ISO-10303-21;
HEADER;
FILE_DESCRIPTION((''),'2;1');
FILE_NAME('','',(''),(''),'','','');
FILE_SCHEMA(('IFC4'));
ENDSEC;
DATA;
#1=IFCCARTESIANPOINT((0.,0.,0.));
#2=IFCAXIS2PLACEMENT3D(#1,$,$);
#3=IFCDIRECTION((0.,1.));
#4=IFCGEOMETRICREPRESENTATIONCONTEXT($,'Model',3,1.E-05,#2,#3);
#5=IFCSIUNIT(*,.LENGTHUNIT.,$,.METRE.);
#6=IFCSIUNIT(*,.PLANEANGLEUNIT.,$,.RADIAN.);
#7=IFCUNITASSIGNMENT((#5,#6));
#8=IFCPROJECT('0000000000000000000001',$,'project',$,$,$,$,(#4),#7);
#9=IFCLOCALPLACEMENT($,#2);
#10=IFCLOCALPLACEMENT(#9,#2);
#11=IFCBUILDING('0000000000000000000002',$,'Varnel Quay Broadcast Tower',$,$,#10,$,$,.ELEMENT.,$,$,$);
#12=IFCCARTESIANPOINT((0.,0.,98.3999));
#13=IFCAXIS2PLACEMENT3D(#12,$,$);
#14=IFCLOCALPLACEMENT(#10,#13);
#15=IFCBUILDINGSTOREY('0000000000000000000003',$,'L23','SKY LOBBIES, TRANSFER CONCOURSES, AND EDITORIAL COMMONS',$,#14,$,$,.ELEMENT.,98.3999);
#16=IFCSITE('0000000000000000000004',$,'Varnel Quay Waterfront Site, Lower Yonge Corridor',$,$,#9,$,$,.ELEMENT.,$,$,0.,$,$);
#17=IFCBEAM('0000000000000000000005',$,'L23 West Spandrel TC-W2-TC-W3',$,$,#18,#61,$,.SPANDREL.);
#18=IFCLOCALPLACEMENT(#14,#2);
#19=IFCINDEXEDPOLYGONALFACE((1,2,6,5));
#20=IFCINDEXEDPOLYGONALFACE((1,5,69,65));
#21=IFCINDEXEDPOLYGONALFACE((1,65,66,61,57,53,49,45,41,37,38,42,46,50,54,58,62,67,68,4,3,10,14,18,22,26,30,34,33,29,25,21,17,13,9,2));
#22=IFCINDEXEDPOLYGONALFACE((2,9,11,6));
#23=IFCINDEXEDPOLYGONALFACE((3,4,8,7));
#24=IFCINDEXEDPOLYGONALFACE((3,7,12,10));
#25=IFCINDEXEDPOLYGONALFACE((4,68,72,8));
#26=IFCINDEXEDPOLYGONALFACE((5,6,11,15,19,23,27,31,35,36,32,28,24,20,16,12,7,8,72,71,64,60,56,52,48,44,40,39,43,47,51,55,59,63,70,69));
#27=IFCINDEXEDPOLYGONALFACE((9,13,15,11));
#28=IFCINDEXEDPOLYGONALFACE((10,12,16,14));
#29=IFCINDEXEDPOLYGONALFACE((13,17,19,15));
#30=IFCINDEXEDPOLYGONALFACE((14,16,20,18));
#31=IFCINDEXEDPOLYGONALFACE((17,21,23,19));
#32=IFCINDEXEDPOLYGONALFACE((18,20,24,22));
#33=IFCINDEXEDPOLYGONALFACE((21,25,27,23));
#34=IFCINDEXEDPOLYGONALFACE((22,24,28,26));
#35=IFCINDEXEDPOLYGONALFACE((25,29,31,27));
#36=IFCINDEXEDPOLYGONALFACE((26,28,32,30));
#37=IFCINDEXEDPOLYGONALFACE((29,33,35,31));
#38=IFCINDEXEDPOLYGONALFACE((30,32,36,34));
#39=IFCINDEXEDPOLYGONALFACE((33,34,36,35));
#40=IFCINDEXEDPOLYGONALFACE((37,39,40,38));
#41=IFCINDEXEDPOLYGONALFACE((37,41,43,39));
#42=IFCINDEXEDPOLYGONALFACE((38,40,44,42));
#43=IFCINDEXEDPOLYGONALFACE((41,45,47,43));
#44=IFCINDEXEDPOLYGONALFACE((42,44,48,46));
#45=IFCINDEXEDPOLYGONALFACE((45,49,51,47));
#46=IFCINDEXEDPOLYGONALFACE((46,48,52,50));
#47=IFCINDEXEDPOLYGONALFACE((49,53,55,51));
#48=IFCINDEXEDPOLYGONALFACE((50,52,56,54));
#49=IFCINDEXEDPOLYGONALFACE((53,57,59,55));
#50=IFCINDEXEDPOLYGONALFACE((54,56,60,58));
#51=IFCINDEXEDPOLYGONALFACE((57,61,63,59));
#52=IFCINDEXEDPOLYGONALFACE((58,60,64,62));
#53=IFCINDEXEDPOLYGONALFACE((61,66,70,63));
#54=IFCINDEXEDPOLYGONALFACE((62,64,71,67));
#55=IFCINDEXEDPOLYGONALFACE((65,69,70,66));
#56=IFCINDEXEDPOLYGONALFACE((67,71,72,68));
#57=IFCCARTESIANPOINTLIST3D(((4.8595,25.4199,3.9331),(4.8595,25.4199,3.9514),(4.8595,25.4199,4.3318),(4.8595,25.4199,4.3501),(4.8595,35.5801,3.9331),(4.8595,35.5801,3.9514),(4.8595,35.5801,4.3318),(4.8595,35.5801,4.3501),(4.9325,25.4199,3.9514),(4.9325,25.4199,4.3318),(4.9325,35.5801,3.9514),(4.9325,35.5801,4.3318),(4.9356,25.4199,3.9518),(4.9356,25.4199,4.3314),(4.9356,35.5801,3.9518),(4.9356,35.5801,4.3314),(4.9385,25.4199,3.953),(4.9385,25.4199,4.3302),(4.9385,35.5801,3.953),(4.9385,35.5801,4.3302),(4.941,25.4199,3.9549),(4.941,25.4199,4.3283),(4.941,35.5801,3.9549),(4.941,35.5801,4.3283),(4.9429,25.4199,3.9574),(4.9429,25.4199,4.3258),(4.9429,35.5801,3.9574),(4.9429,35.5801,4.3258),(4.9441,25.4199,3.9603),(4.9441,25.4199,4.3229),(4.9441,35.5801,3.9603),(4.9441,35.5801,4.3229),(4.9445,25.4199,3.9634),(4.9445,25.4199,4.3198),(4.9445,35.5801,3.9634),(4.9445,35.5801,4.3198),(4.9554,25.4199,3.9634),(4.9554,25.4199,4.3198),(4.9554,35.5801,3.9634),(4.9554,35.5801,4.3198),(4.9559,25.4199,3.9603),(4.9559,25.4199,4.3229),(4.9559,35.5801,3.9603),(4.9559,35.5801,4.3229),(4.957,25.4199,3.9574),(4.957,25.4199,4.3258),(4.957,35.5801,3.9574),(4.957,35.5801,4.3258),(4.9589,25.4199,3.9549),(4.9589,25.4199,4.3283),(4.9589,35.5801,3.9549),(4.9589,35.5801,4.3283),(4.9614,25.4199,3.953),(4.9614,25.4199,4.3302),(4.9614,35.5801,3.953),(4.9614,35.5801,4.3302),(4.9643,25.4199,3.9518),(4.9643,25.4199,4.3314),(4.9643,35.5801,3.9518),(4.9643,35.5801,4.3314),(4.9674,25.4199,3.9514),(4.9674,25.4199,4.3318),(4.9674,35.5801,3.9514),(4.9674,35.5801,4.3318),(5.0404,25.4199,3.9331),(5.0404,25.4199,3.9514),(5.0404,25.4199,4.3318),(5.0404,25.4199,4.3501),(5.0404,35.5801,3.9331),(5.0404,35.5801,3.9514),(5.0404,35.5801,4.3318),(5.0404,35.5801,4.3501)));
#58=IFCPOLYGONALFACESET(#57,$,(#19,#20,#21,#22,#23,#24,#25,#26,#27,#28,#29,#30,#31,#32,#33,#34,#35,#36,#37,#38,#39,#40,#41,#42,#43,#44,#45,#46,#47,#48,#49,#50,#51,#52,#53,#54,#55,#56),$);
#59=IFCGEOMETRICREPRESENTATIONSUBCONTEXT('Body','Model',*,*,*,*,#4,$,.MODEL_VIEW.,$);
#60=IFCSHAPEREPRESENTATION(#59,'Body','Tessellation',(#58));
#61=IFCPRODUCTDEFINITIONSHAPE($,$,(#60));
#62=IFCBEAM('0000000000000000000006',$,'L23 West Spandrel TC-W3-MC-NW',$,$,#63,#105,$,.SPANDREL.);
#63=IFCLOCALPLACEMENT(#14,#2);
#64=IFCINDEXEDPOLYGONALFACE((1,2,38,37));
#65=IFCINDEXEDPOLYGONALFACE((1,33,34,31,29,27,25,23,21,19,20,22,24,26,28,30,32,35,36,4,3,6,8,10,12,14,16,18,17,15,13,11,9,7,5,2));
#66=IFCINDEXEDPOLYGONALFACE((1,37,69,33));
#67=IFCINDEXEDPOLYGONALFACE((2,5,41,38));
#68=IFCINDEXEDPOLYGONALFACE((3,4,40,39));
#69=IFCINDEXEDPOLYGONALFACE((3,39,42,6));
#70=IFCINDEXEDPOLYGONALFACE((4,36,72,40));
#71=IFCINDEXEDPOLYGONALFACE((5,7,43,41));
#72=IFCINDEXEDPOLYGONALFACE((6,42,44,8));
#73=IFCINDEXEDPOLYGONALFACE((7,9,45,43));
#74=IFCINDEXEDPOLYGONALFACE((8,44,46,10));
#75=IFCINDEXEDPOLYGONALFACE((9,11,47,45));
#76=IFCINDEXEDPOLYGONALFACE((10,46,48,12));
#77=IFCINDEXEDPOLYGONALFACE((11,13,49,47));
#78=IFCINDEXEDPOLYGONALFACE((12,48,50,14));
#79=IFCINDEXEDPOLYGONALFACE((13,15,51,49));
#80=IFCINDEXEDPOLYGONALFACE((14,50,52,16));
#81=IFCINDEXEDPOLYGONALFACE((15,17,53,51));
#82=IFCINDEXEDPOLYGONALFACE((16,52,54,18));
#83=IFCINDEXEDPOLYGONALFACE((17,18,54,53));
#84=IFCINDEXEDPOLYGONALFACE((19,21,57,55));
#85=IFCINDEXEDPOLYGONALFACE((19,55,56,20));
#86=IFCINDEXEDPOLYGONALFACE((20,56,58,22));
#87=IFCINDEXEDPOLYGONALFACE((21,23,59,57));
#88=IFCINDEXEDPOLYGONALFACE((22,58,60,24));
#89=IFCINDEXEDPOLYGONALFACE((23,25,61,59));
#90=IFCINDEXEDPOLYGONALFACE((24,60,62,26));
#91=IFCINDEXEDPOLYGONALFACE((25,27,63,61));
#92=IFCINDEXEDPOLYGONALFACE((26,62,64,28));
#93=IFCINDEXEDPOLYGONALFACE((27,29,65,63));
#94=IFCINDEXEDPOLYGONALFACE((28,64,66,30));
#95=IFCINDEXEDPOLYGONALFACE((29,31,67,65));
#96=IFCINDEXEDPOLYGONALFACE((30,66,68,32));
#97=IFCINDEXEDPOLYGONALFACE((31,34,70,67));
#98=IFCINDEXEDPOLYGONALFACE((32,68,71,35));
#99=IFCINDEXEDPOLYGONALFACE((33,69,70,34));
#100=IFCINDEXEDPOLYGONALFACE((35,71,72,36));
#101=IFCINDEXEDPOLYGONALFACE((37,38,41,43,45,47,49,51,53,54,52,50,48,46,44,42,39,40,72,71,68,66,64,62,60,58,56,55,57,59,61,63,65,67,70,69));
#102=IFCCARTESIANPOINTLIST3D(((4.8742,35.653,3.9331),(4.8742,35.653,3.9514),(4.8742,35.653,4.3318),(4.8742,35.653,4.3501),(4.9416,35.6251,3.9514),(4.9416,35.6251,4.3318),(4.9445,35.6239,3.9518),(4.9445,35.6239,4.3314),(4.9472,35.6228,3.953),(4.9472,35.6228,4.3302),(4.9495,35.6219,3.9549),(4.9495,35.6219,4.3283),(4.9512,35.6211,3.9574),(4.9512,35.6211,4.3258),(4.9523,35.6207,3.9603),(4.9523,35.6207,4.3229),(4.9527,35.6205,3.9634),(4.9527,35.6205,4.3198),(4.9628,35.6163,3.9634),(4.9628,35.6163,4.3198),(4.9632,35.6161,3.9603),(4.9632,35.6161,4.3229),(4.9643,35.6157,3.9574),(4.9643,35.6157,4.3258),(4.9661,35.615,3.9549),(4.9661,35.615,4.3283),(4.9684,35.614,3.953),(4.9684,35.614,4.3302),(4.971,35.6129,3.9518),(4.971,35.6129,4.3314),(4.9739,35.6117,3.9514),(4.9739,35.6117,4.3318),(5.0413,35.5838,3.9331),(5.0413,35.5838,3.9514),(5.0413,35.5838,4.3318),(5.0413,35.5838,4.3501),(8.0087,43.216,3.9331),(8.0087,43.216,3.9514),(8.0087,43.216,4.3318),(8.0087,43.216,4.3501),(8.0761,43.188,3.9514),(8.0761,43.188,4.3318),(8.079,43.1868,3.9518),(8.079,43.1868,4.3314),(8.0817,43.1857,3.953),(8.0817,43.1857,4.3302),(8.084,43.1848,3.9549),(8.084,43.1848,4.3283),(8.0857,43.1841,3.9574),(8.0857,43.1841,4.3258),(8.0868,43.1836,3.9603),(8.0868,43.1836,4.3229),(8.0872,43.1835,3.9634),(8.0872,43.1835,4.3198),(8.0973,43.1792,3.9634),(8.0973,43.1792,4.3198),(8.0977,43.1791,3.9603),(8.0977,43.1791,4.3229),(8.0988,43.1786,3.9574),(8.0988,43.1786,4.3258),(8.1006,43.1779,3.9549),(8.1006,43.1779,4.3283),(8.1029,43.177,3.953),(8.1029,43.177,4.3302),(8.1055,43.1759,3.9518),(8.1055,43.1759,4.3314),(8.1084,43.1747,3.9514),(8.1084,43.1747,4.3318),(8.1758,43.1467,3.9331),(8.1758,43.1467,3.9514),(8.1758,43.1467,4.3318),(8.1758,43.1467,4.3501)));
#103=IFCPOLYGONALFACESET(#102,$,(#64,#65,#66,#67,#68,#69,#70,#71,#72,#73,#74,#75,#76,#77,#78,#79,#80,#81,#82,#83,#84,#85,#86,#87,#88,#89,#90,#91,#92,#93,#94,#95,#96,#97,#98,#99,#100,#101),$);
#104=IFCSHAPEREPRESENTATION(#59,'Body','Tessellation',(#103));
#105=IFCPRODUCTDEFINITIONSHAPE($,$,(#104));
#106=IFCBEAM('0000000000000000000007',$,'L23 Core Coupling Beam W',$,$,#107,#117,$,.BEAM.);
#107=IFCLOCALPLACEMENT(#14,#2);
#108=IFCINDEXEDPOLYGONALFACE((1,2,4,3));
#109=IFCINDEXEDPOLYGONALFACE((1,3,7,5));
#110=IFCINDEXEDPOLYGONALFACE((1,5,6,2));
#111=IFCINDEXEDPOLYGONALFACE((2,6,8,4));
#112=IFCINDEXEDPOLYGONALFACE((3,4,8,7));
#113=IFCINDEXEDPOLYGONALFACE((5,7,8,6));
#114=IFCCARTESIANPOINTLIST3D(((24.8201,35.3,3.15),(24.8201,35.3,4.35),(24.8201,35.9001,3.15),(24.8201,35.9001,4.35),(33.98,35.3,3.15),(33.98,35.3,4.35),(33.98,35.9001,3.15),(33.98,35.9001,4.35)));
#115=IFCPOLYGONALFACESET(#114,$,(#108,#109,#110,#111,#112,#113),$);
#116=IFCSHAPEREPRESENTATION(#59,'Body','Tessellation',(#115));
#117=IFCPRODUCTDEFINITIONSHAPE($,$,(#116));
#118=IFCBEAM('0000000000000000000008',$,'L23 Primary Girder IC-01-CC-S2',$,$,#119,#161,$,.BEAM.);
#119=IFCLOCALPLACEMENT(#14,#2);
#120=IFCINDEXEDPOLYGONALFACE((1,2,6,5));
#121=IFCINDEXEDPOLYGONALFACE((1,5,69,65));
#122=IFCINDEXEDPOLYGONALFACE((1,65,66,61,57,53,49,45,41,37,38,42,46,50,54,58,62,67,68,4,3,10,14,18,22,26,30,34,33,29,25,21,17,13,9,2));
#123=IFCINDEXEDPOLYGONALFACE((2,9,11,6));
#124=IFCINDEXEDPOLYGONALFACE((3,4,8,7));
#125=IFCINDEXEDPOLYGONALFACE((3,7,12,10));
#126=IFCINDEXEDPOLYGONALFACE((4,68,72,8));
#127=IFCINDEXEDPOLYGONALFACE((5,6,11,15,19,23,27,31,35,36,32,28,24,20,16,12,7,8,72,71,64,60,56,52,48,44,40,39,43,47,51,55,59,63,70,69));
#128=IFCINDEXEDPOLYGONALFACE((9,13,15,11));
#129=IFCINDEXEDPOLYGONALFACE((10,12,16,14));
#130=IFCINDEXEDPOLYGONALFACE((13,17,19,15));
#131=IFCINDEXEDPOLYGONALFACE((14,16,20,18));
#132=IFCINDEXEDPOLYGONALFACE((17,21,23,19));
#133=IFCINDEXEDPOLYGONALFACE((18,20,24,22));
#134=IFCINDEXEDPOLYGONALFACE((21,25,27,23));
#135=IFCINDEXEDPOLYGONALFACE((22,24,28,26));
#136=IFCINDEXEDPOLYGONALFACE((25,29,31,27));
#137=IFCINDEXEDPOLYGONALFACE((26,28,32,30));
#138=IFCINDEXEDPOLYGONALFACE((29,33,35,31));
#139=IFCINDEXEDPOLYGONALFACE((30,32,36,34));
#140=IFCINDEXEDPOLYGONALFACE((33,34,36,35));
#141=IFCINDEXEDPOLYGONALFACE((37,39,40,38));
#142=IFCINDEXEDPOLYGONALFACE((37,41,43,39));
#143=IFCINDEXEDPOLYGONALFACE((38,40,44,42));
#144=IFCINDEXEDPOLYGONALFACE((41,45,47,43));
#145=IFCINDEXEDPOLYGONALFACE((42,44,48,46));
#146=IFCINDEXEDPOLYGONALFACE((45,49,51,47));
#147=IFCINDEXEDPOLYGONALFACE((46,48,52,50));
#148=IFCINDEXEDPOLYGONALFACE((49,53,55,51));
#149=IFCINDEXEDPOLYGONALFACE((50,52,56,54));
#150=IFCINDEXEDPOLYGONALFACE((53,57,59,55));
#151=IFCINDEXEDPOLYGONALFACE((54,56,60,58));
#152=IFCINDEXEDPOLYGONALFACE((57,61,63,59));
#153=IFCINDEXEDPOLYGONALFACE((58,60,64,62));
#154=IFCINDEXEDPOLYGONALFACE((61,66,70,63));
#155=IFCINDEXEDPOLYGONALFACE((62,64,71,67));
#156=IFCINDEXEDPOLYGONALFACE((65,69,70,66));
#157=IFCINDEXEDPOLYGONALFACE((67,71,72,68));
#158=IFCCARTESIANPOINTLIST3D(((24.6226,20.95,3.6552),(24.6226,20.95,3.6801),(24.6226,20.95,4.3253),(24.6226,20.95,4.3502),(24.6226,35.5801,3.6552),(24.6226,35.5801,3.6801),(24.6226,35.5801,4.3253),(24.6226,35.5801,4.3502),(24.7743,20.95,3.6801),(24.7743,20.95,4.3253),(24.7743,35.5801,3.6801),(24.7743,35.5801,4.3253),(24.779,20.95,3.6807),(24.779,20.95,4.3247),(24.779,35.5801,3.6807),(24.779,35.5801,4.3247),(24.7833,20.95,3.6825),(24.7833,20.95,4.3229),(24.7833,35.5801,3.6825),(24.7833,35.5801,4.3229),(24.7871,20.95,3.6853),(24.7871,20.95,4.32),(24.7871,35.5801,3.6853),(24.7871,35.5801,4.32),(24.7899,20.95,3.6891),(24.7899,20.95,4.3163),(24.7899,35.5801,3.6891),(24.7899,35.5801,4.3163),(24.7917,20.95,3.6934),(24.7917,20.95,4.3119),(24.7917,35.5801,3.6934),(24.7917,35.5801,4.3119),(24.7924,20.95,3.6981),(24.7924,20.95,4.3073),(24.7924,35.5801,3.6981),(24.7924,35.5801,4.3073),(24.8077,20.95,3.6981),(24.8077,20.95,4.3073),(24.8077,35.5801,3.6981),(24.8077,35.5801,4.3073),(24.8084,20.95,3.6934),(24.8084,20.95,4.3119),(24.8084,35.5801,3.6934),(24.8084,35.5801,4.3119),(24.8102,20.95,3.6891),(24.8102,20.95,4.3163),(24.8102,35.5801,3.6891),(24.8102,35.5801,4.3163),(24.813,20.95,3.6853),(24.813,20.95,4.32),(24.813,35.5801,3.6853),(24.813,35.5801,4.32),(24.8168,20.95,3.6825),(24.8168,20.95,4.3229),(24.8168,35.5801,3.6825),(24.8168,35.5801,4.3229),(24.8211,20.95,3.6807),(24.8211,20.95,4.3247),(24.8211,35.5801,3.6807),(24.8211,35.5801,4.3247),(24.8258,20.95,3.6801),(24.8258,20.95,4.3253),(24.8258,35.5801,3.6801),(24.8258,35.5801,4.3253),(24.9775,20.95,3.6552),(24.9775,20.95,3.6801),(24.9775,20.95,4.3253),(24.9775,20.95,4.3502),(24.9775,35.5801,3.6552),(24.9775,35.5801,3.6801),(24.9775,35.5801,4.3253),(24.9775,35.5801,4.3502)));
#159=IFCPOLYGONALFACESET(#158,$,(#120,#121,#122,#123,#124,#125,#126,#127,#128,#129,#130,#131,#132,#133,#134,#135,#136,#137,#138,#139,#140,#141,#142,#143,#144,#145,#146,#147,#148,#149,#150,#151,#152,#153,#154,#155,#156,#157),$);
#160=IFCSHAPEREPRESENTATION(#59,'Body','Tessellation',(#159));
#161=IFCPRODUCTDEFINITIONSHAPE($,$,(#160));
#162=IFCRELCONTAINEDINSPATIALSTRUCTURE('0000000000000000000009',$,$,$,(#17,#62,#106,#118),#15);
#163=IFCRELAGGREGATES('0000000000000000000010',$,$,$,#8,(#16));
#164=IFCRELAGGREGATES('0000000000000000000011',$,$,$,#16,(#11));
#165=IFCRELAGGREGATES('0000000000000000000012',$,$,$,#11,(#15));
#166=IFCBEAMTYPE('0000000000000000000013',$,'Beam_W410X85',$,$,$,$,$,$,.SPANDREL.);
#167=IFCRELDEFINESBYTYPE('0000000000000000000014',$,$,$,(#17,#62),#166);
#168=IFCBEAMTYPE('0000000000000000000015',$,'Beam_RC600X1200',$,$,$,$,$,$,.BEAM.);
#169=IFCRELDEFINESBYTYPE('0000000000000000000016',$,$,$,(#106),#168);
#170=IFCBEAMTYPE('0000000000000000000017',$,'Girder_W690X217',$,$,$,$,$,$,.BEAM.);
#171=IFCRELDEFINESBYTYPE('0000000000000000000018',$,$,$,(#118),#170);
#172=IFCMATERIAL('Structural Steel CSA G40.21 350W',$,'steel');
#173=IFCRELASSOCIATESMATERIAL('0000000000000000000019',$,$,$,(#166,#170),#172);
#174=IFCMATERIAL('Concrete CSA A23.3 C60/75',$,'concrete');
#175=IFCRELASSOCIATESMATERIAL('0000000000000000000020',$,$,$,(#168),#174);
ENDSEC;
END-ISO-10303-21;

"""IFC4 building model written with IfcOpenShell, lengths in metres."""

from ifc_helpers import new_model, si_unit, direction, frame, origin, origin_2d, place, context, subcontext, project, spatial, rectangle, i_section, extrude, source, transform, mapped, material, material_profile, profile_set, type_object, type_shapes, element, save


model = new_model("IFC4")

# Units and contexts
model_context = context("Model", 3, precision=1e-05, world=origin(), true_north=direction((0.0, 1.0)))
body_context = subcontext(model_context, "Body", "Model", "MODEL_VIEW")
ifc_project = project(units=[si_unit("LENGTHUNIT", "METRE"), si_unit("PLANEANGLEUNIT", "RADIAN")], contexts=[model_context])

# Site, building, storey
site_placement = place(None, origin())
site = spatial("IfcSite", under=ifc_project, at=site_placement, Name="Varnel Quay Waterfront Site, Lower Yonge Corridor", CompositionType="ELEMENT", RefElevation=0.0)
building_placement = place(site_placement, origin())
building = spatial("IfcBuilding", under=site, at=building_placement, Name="Varnel Quay Broadcast Tower", CompositionType="ELEMENT")
storey_placement = place(building_placement, frame((0.0, 0.0, 98.3999)))
storey = spatial("IfcBuildingStorey", under=building, at=storey_placement, Name="L23", Description="SKY LOBBIES, TRANSFER CONCOURSES, AND EDITORIAL COMMONS", CompositionType="ELEMENT", Elevation=98.3999)

# Shared definitions
ifc_material_1 = material(Name="Structural Steel CSA G40.21 350W", Category="steel")

# Beams
ifc_material_profile_1 = material_profile(ifc_material_1, i_section(OverallWidth=0.1809, OverallDepth=0.417, WebThickness=0.011, FlangeThickness=0.0183, FilletRadius=0.012, at=origin_2d()), Name="W410X85")
ifc_profile_set_1 = profile_set([ifc_material_profile_1], Name="Structural Steel CSA G40.21 350W")
beam_type_1 = type_object("IfcBeamType", Name="Beam_W410X85", PredefinedType="SPANDREL", material=ifc_profile_set_1)
shared_shape_1 = source(origin(), body_context, "Body", "SweptSolid", [
    extrude(i_section(OverallWidth=0.1809, OverallDepth=0.417, WebThickness=0.011, FlangeThickness=0.0183, FilletRadius=0.012, at=origin_2d()), origin(), (0.0, 0.0, 1.0), 10.1602),
])
beam_1_placement = place(storey_placement, frame((4.95, 25.4199, 4.1416), z_axis=(0.0, 1.0, 0.0), x_axis=(-1.0, 0.0, 0.0)))
element("IfcBeam", 1, at=beam_1_placement, inside=storey, type_object=beam_type_1, Name="L23 West Spandrel TC-W2-TC-W3", PredefinedType="SPANDREL", context=body_context, shape_type="MappedRepresentation", body=[
    mapped(shared_shape_1, transform((0.0, 0.0, 0.0), x_axis=(1.0, 0.0, 0.0), y_axis=(0.0, 1.0, 0.0), z_axis=(0.0, 0.0, 1.0), scale=1.0)),
])
shared_shape_2 = source(origin(), body_context, "Body", "SweptSolid", [
    extrude(i_section(OverallWidth=0.1809, OverallDepth=0.417, WebThickness=0.011, FlangeThickness=0.0183, FilletRadius=0.012, at=origin_2d()), origin(), (0.0, 0.0, 1.0), 8.1868),
])
type_shapes(beam_type_1, [shared_shape_1, shared_shape_2])
beam_2_placement = place(storey_placement, frame((4.9578, 35.6184, 4.1416), z_axis=(0.382874, 0.923801, 0.0), x_axis=(-0.923801, 0.382874, 0.0)))
element("IfcBeam", 2, at=beam_2_placement, inside=storey, type_object=beam_type_1, Name="L23 West Spandrel TC-W3-MC-NW", PredefinedType="SPANDREL", context=body_context, shape_type="MappedRepresentation", body=[
    mapped(shared_shape_2, transform((0.0, 0.0, 0.0), x_axis=(1.0, 0.0, 0.0), y_axis=(0.0, 1.0, 0.0), z_axis=(0.0, 0.0, 1.0), scale=1.0)),
])
ifc_material_2 = material(Name="Concrete CSA A23.3 C60/75", Category="concrete")
ifc_material_profile_2 = material_profile(ifc_material_2, rectangle(XDim=0.6001, YDim=1.2, at=origin_2d()), Name="RC600X1200")
ifc_profile_set_2 = profile_set([ifc_material_profile_2], Name="Concrete CSA A23.3 C60/75")
beam_type_2 = type_object("IfcBeamType", Name="Beam_RC600X1200", PredefinedType="BEAM", material=ifc_profile_set_2)
shared_shape_3 = source(origin(), body_context, "Body", "SweptSolid", [
    extrude(rectangle(XDim=0.6001, YDim=1.2, at=origin_2d()), origin(), (0.0, 0.0, 1.0), 9.1599),
])
type_shapes(beam_type_2, [shared_shape_3])
beam_3_placement = place(storey_placement, frame((24.8201, 35.6001, 3.75), z_axis=(1.0, 0.0, 0.0), x_axis=(0.0, 1.0, 0.0)))
element("IfcBeam", 3, at=beam_3_placement, inside=storey, type_object=beam_type_2, Name="L23 Core Coupling Beam W", PredefinedType="BEAM", context=body_context, shape_type="MappedRepresentation", body=[
    mapped(shared_shape_3, transform((0.0, 0.0, 0.0), x_axis=(1.0, 0.0, 0.0), y_axis=(0.0, 1.0, 0.0), z_axis=(0.0, 0.0, 1.0), scale=1.0)),
])
ifc_material_profile_3 = material_profile(ifc_material_1, i_section(OverallWidth=0.355, OverallDepth=0.6951, WebThickness=0.0154, FlangeThickness=0.0249, FilletRadius=0.0181, at=origin_2d()), Name="W690X217")
ifc_profile_set_3 = profile_set([ifc_material_profile_3], Name="Structural Steel CSA G40.21 350W")
beam_type_3 = type_object("IfcBeamType", Name="Girder_W690X217", PredefinedType="BEAM", material=ifc_profile_set_3)
shared_shape_4 = source(origin(), body_context, "Body", "SweptSolid", [
    extrude(i_section(OverallWidth=0.355, OverallDepth=0.6951, WebThickness=0.0154, FlangeThickness=0.0249, FilletRadius=0.0181, at=origin_2d()), origin(), (0.0, 0.0, 1.0), 14.6301),
])
type_shapes(beam_type_3, [shared_shape_4])
beam_4_placement = place(storey_placement, frame((24.8, 20.95, 4.0027), z_axis=(0.0, 1.0, 0.0), x_axis=(-1.0, 0.0, 0.0)))
element("IfcBeam", 4, at=beam_4_placement, inside=storey, type_object=beam_type_3, Name="L23 Primary Girder IC-01-CC-S2", PredefinedType="BEAM", context=body_context, shape_type="MappedRepresentation", body=[
    mapped(shared_shape_4, transform((0.0, 0.0, 0.0), x_axis=(1.0, 0.0, 0.0), y_axis=(0.0, 1.0, 0.0), z_axis=(0.0, 0.0, 1.0), scale=1.0)),
])

save(model, "model.ifc")
